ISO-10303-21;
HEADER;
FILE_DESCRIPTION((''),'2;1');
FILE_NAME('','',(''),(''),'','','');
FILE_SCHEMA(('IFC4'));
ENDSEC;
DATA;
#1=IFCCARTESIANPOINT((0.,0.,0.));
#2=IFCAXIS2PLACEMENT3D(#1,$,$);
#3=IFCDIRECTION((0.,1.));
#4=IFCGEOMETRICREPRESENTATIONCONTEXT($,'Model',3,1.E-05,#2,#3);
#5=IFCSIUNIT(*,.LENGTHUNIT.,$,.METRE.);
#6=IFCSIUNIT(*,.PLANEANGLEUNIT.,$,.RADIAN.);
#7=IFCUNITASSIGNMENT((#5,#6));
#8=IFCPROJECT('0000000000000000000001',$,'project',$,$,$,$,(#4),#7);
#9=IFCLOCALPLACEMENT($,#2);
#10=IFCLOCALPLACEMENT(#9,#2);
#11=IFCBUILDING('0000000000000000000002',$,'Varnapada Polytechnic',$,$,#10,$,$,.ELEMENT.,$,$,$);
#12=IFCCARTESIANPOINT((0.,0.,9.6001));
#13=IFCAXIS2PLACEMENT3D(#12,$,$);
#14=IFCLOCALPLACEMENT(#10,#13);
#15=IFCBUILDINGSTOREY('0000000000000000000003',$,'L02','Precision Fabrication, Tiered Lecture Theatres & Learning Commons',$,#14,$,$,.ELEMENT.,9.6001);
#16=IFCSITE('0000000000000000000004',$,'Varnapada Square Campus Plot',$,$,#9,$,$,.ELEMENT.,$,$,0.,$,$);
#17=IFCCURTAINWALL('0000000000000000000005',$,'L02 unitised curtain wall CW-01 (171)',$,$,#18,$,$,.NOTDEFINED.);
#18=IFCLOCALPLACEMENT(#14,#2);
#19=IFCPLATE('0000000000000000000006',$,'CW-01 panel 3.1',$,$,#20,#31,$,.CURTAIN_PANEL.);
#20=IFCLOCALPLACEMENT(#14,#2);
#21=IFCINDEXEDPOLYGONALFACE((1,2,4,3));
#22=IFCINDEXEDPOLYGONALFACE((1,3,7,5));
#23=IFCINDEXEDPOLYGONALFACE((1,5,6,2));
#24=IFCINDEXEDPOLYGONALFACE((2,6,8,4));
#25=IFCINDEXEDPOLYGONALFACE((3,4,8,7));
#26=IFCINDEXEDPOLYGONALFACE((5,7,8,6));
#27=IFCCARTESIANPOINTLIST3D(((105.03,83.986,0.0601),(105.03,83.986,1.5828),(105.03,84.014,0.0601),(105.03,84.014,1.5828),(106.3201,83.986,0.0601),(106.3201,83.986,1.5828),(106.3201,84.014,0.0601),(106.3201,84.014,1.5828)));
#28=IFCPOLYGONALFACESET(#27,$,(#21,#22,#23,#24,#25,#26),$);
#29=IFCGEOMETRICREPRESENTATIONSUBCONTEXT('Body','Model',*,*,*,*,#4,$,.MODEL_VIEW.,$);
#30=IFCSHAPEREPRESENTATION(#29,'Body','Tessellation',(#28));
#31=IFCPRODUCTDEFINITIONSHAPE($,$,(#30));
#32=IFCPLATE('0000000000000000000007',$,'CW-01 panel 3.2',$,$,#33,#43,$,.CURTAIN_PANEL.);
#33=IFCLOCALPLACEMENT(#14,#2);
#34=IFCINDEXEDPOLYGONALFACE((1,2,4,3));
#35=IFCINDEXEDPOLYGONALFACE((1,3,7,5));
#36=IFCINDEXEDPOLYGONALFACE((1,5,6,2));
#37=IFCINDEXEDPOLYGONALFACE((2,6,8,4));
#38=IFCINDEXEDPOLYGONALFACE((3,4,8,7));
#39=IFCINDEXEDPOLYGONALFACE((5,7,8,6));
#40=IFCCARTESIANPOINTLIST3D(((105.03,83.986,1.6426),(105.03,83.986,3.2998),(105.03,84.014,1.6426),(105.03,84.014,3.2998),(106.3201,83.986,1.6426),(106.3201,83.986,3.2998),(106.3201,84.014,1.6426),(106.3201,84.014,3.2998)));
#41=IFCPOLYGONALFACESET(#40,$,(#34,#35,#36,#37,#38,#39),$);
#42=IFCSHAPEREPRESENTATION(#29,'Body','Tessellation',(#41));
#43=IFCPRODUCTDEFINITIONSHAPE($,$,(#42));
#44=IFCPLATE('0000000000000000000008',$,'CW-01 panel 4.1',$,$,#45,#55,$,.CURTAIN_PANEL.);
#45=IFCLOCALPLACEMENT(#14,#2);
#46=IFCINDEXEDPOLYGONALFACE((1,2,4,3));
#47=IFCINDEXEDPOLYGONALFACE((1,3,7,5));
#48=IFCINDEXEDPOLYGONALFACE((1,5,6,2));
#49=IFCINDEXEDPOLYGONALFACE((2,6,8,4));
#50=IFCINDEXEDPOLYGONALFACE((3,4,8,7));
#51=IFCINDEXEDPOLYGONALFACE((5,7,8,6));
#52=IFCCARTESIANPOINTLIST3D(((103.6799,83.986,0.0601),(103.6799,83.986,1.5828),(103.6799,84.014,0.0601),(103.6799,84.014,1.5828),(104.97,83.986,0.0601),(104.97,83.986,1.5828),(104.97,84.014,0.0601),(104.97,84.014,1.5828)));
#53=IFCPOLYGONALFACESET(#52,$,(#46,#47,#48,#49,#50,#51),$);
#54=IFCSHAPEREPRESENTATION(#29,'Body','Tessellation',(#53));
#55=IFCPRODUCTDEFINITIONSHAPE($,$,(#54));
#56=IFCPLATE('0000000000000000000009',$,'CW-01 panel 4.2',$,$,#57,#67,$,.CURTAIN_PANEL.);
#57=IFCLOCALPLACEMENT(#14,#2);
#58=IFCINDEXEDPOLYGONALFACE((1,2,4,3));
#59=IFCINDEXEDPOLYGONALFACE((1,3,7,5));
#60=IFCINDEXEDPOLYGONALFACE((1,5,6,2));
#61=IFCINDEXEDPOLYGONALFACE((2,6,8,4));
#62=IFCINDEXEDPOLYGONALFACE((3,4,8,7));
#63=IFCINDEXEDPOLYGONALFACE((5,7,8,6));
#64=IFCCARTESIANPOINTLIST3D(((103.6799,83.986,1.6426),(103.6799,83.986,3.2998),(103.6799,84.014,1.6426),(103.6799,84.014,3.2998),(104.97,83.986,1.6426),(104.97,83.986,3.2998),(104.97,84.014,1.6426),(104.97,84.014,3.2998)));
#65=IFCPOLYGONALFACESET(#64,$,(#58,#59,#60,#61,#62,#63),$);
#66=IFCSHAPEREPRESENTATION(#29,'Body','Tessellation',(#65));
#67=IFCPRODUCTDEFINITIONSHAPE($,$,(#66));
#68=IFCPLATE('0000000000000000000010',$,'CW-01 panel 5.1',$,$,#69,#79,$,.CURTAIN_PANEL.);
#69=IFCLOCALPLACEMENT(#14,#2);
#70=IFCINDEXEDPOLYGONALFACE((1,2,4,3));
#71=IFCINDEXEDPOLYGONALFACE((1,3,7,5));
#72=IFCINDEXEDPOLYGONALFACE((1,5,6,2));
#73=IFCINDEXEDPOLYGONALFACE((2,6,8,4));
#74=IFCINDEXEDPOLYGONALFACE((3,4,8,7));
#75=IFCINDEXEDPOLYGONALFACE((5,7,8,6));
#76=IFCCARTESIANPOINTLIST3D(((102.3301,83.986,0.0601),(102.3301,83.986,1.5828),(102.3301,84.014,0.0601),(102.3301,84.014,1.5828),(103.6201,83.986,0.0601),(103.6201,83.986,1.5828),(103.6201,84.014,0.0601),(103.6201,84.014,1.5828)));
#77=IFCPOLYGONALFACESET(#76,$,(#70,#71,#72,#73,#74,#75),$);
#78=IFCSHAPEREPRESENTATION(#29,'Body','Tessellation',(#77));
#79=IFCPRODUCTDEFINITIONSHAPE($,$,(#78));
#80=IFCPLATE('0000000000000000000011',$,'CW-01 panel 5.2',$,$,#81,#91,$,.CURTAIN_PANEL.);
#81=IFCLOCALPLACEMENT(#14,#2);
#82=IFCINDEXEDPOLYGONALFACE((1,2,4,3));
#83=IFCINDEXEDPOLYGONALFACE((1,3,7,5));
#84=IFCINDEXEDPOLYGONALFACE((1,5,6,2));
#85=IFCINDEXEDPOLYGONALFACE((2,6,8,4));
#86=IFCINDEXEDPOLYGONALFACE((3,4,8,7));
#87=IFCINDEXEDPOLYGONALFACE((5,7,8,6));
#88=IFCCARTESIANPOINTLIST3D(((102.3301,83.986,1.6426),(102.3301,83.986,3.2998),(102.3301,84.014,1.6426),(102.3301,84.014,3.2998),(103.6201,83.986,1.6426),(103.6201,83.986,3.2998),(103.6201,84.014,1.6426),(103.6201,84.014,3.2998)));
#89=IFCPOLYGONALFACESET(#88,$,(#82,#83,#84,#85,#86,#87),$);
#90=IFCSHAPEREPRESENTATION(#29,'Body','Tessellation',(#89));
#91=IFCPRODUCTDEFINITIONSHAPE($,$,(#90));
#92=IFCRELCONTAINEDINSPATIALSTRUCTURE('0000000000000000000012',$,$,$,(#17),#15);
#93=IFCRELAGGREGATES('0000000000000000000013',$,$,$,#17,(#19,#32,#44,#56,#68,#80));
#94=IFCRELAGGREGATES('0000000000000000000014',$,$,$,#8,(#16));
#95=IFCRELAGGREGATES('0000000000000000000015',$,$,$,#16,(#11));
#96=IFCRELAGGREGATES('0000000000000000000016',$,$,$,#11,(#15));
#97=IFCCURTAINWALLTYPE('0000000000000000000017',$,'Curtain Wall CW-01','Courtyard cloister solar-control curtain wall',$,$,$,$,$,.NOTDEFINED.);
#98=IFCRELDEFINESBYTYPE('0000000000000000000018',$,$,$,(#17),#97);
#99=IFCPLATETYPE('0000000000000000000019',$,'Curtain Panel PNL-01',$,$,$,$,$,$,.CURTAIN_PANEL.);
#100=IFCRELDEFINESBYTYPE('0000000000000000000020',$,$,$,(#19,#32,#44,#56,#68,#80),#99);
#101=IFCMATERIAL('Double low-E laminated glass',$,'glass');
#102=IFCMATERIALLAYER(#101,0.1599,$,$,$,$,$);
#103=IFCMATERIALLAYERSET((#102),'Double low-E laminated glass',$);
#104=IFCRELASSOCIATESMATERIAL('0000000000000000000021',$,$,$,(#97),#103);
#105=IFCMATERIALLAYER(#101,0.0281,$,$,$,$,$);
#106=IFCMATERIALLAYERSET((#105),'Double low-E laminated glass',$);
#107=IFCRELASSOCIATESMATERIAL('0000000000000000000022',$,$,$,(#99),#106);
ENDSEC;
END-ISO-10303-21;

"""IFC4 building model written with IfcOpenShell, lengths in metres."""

from ifc_helpers import new_model, si_unit, direction, frame, origin, origin_2d, place, context, subcontext, project, spatial, rectangle, extrude, material, layer, layer_set, type_object, element, aggregate, save


model = new_model("IFC4")

# Units and contexts
model_context = context("Model", 3, precision=1e-05, world=origin(), true_north=direction((0.0, 1.0)))
body_context = subcontext(model_context, "Body", "Model", "MODEL_VIEW")
ifc_project = project(units=[si_unit("LENGTHUNIT", "METRE"), si_unit("PLANEANGLEUNIT", "RADIAN")], contexts=[model_context])

# Site, building, storey
site_placement = place(None, origin())
site = spatial("IfcSite", under=ifc_project, at=site_placement, Name="Varnapada Square Campus Plot", CompositionType="ELEMENT", RefElevation=0.0)
building_placement = place(site_placement, origin())
building = spatial("IfcBuilding", under=site, at=building_placement, Name="Varnapada Polytechnic", CompositionType="ELEMENT")
storey_placement = place(building_placement, frame((0.0, 0.0, 9.6001)))
storey = spatial("IfcBuildingStorey", under=building, at=storey_placement, Name="L02", Description="Precision Fabrication, Tiered Lecture Theatres & Learning Commons", CompositionType="ELEMENT", Elevation=9.6001)

# Curtain wall, plates
ifc_material_1 = material(Name="Double low-E laminated glass", Category="glass")
ifc_layer_1 = layer(ifc_material_1, 0.1599)
ifc_layer_set_1 = layer_set([ifc_layer_1], Name="Double low-E laminated glass")
curtain_wall_type = type_object("IfcCurtainWallType", Name="Curtain Wall CW-01", Description="Courtyard cloister solar-control curtain wall", PredefinedType="NOTDEFINED", material=ifc_layer_set_1)
curtain_wall_placement = place(storey_placement, origin())
curtain_wall = element("IfcCurtainWall", 1, at=curtain_wall_placement, inside=storey, type_object=curtain_wall_type, Name="L02 unitised curtain wall CW-01 (171)", PredefinedType="NOTDEFINED")
ifc_layer_2 = layer(ifc_material_1, 0.0281)
ifc_layer_set_2 = layer_set([ifc_layer_2], Name="Double low-E laminated glass")
plate_type = type_object("IfcPlateType", Name="Curtain Panel PNL-01", PredefinedType="CURTAIN_PANEL", material=ifc_layer_set_2)
plate_1_placement = place(storey_placement, frame((105.675, 84.0, 0.0601), z_axis=(0.0, 0.0, 1.0), x_axis=(-1.0, 0.0, 0.0)))
plate_1 = element("IfcPlate", 2, at=plate_1_placement, type_object=plate_type, Name="CW-01 panel 3.1", PredefinedType="CURTAIN_PANEL", context=body_context, shape_type="SweptSolid", body=[
    extrude(rectangle(XDim=1.29, YDim=0.0281, at=origin_2d()), origin(), (0.0, 0.0, 1.0), 1.5227),
])
plate_2_placement = place(storey_placement, frame((105.675, 84.0, 1.6426), z_axis=(0.0, 0.0, 1.0), x_axis=(-1.0, 0.0, 0.0)))
plate_2 = element("IfcPlate", 3, at=plate_2_placement, type_object=plate_type, Name="CW-01 panel 3.2", PredefinedType="CURTAIN_PANEL", context=body_context, shape_type="SweptSolid", body=[
    extrude(rectangle(XDim=1.29, YDim=0.0281, at=origin_2d()), origin(), (0.0, 0.0, 1.0), 1.6572),
])
plate_3_placement = place(storey_placement, frame((104.325, 84.0, 0.0601), z_axis=(0.0, 0.0, 1.0), x_axis=(-1.0, 0.0, 0.0)))
plate_3 = element("IfcPlate", 4, at=plate_3_placement, type_object=plate_type, Name="CW-01 panel 4.1", PredefinedType="CURTAIN_PANEL", context=body_context, shape_type="SweptSolid", body=[
    extrude(rectangle(XDim=1.29, YDim=0.0281, at=origin_2d()), origin(), (0.0, 0.0, 1.0), 1.5227),
])
plate_4_placement = place(storey_placement, frame((104.325, 84.0, 1.6426), z_axis=(0.0, 0.0, 1.0), x_axis=(-1.0, 0.0, 0.0)))
plate_4 = element("IfcPlate", 5, at=plate_4_placement, type_object=plate_type, Name="CW-01 panel 4.2", PredefinedType="CURTAIN_PANEL", context=body_context, shape_type="SweptSolid", body=[
    extrude(rectangle(XDim=1.29, YDim=0.0281, at=origin_2d()), origin(), (0.0, 0.0, 1.0), 1.6572),
])
plate_5_placement = place(storey_placement, frame((102.9751, 84.0, 0.0601), z_axis=(0.0, 0.0, 1.0), x_axis=(-1.0, 0.0, 0.0)))
plate_5 = element("IfcPlate", 6, at=plate_5_placement, type_object=plate_type, Name="CW-01 panel 5.1", PredefinedType="CURTAIN_PANEL", context=body_context, shape_type="SweptSolid", body=[
    extrude(rectangle(XDim=1.29, YDim=0.0281, at=origin_2d()), origin(), (0.0, 0.0, 1.0), 1.5227),
])
plate_6_placement = place(storey_placement, frame((102.9751, 84.0, 1.6426), z_axis=(0.0, 0.0, 1.0), x_axis=(-1.0, 0.0, 0.0)))
plate_6 = element("IfcPlate", 7, at=plate_6_placement, type_object=plate_type, Name="CW-01 panel 5.2", PredefinedType="CURTAIN_PANEL", context=body_context, shape_type="SweptSolid", body=[
    extrude(rectangle(XDim=1.29, YDim=0.0281, at=origin_2d()), origin(), (0.0, 0.0, 1.0), 1.6572),
])
aggregate(curtain_wall, [plate_1, plate_2, plate_3, plate_4, plate_5, plate_6])

save(model, "model.ifc")
